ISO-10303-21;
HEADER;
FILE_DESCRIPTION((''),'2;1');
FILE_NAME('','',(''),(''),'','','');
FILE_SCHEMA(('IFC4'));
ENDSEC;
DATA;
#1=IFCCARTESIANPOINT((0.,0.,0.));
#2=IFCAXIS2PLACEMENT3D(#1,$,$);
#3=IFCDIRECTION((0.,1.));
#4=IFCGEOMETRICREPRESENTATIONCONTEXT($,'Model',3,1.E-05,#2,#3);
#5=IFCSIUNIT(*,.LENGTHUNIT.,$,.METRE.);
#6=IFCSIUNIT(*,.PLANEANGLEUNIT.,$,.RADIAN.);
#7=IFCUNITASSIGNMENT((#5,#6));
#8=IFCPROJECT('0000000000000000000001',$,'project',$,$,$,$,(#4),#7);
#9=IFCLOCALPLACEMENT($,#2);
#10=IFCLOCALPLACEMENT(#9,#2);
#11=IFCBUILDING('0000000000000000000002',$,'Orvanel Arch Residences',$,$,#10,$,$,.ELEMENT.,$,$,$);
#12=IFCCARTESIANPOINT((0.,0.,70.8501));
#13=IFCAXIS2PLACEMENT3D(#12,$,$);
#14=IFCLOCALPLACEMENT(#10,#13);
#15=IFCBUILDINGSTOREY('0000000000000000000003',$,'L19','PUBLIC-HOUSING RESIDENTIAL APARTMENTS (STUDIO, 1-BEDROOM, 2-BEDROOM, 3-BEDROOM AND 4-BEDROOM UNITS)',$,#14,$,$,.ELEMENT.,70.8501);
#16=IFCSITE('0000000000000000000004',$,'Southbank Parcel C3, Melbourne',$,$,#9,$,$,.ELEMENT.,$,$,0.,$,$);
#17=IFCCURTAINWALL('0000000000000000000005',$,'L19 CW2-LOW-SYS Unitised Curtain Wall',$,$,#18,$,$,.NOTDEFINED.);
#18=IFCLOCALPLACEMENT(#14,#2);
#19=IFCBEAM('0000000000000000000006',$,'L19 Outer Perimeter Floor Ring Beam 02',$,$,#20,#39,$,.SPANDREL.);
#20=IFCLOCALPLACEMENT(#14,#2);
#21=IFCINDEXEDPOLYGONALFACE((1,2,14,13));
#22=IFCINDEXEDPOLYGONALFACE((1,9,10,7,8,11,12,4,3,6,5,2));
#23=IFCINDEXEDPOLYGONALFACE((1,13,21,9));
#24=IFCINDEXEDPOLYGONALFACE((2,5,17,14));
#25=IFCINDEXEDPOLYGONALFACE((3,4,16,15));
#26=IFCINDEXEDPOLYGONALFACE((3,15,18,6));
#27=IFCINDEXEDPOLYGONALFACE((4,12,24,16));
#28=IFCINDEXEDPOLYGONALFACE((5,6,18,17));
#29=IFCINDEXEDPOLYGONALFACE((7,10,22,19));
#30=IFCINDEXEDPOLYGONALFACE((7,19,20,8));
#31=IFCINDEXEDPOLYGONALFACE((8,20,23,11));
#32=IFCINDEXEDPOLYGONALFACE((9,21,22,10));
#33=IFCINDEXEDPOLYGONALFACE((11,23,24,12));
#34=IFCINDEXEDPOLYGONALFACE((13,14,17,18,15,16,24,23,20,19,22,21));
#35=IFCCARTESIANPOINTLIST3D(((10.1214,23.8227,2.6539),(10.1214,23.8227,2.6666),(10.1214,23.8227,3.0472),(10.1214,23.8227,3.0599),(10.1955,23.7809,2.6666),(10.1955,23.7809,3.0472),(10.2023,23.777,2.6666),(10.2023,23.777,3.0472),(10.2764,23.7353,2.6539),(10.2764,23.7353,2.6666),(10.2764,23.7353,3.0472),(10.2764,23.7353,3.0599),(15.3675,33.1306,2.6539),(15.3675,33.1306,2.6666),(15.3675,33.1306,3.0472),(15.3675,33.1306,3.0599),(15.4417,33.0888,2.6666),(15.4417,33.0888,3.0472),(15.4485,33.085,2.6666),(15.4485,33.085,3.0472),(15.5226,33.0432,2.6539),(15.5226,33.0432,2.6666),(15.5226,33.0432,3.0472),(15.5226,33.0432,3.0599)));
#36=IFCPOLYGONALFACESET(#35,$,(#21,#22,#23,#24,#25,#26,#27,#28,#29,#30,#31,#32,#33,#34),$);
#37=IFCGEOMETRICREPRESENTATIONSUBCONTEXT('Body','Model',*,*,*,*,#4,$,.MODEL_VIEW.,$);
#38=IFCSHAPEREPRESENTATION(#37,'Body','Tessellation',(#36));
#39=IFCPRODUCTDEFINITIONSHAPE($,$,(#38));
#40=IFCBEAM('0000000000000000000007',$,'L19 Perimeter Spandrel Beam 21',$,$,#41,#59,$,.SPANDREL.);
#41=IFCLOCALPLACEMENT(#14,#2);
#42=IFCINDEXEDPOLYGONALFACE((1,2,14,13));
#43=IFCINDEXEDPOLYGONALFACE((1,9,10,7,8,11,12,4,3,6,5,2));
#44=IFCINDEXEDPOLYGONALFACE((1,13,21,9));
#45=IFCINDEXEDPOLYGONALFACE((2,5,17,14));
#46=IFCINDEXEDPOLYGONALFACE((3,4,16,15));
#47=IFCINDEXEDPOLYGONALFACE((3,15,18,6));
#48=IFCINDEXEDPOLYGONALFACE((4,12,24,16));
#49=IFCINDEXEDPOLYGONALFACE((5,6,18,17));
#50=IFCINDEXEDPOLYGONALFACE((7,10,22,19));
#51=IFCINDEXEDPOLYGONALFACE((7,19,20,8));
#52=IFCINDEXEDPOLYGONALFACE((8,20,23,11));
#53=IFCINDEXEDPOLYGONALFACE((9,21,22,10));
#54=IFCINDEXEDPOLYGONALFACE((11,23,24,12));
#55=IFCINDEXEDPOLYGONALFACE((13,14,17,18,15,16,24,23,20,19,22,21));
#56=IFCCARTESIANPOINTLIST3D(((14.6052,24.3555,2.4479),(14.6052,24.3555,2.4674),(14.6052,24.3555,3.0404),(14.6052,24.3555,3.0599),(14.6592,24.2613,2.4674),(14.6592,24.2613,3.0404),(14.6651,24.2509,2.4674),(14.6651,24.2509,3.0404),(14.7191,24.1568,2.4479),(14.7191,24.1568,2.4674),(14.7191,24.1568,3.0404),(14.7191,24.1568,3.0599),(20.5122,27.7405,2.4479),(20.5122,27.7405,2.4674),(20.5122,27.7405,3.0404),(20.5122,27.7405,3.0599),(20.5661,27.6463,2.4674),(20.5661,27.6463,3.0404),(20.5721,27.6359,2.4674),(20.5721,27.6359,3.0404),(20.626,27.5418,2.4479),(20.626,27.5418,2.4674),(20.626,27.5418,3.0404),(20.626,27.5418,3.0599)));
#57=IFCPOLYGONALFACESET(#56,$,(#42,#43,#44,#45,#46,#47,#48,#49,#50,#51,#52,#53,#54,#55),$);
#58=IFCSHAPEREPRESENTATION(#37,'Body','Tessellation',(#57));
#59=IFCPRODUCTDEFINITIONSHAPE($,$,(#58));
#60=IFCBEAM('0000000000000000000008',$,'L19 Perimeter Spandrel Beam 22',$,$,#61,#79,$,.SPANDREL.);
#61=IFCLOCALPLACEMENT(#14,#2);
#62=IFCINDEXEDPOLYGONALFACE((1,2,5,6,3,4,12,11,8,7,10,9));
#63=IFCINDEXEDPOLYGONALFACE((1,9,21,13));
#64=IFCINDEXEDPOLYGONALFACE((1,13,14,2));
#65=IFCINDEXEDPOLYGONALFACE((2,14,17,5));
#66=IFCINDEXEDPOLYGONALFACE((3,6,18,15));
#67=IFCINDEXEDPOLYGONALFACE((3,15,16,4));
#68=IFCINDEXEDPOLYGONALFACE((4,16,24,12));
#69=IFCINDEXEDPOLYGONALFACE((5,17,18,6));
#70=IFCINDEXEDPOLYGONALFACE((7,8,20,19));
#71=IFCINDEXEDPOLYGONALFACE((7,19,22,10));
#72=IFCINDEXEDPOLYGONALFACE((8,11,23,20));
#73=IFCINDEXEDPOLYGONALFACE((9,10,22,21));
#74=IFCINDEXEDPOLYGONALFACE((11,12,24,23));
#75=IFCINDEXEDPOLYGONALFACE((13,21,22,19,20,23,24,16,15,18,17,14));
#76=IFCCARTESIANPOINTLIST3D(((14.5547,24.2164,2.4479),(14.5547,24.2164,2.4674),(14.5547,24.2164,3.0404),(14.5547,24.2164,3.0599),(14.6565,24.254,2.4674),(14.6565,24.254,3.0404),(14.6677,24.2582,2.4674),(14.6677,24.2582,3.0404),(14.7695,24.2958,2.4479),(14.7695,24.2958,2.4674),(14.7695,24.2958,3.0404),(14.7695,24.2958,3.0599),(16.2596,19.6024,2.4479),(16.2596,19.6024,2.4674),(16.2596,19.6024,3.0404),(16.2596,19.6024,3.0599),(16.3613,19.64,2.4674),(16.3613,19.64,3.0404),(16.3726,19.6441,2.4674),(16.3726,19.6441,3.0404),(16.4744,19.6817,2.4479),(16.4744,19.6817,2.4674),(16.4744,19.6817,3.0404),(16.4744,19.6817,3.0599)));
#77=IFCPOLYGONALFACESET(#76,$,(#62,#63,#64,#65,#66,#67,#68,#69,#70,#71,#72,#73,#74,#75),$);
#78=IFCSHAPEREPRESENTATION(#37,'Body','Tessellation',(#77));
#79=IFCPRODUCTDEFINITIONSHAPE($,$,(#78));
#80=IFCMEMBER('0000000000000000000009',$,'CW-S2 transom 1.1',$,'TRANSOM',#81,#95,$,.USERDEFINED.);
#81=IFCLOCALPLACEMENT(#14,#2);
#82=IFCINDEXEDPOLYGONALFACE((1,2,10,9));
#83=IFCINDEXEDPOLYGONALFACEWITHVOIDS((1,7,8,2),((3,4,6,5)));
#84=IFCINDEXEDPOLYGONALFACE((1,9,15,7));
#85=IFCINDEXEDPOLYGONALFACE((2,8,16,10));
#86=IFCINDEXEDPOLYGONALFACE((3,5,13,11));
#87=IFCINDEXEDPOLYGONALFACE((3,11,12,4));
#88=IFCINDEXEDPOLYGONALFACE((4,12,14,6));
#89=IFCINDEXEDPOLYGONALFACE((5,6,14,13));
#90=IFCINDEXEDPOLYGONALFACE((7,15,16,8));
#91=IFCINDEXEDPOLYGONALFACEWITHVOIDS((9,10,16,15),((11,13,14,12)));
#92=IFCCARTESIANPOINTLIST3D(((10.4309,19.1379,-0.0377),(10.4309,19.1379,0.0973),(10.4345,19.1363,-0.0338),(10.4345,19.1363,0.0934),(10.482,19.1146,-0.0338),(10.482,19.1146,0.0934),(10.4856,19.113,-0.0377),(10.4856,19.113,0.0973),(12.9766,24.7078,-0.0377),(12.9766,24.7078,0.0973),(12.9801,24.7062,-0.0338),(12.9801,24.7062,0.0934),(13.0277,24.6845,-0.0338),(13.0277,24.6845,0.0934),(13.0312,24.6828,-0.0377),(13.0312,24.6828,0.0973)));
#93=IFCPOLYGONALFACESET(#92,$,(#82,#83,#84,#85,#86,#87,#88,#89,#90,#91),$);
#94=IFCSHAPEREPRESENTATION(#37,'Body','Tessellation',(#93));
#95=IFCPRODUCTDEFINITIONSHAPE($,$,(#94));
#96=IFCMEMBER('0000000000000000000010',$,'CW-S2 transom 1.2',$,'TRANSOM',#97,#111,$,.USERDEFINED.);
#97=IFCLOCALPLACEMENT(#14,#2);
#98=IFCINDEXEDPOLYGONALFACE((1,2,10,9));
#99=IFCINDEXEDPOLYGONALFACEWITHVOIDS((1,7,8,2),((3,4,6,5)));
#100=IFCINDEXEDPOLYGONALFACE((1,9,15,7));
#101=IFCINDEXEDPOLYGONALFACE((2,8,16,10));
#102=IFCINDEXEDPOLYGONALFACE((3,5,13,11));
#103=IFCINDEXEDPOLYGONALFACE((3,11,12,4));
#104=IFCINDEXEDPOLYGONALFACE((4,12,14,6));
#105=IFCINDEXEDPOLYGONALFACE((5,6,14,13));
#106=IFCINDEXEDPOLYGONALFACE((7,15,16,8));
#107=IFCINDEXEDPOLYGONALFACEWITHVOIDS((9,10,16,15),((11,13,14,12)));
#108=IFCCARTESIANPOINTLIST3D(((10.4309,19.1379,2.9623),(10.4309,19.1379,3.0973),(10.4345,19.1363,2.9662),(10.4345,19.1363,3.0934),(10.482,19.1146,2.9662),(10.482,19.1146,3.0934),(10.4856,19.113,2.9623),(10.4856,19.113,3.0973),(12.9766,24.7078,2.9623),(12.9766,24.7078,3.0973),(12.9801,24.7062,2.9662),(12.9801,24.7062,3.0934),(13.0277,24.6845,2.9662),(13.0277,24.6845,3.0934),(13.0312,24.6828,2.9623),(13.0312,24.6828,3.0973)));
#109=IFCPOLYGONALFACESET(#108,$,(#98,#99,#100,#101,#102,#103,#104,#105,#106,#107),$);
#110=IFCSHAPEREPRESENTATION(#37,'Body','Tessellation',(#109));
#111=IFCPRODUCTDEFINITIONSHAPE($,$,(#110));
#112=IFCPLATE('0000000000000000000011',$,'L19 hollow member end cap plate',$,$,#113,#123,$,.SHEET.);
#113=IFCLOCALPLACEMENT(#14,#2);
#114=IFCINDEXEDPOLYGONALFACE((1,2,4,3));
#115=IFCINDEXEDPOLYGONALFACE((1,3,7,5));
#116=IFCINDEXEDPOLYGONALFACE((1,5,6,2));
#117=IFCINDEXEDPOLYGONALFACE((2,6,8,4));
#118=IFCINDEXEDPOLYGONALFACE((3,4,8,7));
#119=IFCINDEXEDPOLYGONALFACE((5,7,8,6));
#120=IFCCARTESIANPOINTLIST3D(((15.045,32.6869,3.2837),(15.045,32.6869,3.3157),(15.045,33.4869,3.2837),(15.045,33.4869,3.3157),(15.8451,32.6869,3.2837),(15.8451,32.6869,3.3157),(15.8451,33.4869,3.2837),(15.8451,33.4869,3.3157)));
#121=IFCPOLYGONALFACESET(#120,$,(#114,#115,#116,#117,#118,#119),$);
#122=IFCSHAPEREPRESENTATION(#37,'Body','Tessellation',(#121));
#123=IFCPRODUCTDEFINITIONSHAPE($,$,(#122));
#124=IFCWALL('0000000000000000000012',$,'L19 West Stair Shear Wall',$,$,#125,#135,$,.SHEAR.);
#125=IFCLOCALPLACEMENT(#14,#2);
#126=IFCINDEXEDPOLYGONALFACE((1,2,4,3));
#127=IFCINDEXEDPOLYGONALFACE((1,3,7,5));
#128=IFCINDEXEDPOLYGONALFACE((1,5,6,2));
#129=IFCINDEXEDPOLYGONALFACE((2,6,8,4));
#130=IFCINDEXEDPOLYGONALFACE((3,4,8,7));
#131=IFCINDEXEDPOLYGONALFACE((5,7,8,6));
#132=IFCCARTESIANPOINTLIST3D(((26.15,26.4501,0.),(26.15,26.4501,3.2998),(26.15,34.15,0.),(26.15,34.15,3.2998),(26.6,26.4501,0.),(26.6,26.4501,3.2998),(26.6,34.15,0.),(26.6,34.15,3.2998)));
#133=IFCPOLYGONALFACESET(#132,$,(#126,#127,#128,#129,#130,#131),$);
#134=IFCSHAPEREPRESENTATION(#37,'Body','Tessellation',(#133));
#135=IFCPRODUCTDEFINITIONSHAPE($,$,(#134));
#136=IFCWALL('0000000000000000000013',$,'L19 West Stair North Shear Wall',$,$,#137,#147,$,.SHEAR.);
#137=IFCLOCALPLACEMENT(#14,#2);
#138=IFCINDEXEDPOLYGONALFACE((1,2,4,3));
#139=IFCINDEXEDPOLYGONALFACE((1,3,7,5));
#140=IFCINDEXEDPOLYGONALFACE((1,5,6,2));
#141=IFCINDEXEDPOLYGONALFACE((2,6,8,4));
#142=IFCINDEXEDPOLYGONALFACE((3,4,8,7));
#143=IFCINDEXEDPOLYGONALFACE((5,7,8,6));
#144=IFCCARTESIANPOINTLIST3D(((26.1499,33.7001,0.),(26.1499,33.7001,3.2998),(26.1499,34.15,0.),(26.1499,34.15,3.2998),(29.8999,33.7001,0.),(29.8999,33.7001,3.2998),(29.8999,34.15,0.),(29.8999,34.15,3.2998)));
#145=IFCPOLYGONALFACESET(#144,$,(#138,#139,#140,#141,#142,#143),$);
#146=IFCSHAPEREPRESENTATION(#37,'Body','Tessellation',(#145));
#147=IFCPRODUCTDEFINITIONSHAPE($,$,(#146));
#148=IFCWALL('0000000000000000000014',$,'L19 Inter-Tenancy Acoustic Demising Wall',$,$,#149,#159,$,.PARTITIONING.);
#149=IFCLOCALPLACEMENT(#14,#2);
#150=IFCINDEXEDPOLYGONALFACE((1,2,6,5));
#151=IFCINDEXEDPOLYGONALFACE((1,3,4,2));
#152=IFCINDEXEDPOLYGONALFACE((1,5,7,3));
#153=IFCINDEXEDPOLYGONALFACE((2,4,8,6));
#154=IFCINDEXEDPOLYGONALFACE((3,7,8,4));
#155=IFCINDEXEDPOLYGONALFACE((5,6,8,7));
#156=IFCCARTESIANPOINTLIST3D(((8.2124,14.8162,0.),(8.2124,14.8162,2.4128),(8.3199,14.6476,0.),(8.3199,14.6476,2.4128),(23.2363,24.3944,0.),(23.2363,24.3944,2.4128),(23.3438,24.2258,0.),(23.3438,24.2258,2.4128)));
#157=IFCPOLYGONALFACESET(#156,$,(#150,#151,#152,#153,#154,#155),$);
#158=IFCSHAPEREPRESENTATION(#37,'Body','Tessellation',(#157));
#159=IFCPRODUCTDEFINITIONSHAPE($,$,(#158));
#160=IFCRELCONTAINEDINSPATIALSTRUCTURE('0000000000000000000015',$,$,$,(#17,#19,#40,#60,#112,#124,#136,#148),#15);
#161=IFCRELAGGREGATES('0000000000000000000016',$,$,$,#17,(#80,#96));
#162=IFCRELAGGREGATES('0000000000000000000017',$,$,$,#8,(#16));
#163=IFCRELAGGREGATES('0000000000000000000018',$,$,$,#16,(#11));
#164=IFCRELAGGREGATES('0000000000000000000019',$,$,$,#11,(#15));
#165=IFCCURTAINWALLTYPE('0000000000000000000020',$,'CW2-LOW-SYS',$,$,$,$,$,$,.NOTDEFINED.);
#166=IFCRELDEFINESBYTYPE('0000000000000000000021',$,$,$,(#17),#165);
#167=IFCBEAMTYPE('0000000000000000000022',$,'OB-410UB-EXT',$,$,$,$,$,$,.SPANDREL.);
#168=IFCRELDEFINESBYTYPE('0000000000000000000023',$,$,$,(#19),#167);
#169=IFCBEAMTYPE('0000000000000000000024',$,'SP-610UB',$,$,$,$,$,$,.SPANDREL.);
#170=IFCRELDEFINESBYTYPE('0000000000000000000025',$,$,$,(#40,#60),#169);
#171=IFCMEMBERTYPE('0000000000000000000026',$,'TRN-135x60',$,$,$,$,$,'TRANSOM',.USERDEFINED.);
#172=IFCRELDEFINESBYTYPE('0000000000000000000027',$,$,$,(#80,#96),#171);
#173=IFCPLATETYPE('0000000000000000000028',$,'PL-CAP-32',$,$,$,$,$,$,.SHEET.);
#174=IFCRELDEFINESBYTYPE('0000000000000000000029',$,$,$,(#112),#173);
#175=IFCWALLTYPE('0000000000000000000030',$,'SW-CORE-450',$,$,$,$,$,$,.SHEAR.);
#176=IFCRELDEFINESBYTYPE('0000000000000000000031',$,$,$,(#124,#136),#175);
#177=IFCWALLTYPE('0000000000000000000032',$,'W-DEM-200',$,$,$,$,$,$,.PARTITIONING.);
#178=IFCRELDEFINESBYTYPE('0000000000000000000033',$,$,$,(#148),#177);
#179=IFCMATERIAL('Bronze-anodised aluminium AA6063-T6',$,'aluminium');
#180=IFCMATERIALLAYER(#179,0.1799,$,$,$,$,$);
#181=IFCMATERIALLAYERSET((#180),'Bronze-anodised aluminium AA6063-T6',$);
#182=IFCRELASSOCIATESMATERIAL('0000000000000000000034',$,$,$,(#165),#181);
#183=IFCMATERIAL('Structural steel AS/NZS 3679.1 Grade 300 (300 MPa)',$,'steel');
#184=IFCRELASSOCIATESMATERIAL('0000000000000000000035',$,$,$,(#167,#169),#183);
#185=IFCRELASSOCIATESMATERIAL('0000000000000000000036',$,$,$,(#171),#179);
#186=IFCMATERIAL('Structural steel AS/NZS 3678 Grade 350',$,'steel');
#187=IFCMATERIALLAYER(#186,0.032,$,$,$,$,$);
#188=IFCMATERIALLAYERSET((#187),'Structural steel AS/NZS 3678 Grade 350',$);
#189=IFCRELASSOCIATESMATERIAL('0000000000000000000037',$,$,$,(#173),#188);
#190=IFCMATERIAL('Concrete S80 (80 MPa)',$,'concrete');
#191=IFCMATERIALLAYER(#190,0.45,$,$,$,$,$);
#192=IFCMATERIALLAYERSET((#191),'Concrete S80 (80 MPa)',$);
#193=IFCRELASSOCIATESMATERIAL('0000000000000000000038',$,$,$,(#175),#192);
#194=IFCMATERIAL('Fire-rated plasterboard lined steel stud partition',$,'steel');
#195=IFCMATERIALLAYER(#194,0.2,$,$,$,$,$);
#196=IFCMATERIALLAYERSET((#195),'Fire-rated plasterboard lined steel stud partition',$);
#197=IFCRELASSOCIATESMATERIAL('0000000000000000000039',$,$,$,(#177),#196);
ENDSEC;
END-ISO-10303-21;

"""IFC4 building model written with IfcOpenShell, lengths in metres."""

from ifc_helpers import new_model, si_unit, direction, frame, frame_2d, origin, origin_2d, place, context, subcontext, project, spatial, rectangle, hollow_rectangle, i_section, extrude, material, layer, layer_set, material_profile, profile_set, type_object, element, aggregate, save


model = new_model("IFC4")

# Units and contexts
model_context = context("Model", 3, precision=1e-05, world=origin(), true_north=direction((0.0, 1.0)))
body_context = subcontext(model_context, "Body", "Model", "MODEL_VIEW")
ifc_project = project(units=[si_unit("LENGTHUNIT", "METRE"), si_unit("PLANEANGLEUNIT", "RADIAN")], contexts=[model_context])

# Site, building, storey
site_placement = place(None, origin())
site = spatial("IfcSite", under=ifc_project, at=site_placement, Name="Southbank Parcel C3, Melbourne", CompositionType="ELEMENT", RefElevation=0.0)
building_placement = place(site_placement, origin())
building = spatial("IfcBuilding", under=site, at=building_placement, Name="Orvanel Arch Residences", CompositionType="ELEMENT")
storey_placement = place(building_placement, frame((0.0, 0.0, 70.8501)))
storey = spatial("IfcBuildingStorey", under=building, at=storey_placement, Name="L19", Description="PUBLIC-HOUSING RESIDENTIAL APARTMENTS (STUDIO, 1-BEDROOM, 2-BEDROOM, 3-BEDROOM AND 4-BEDROOM UNITS)", CompositionType="ELEMENT", Elevation=70.8501)

# Shared definitions
ifc_material_1 = material(Name="Structural steel AS/NZS 3679.1 Grade 300 (300 MPa)", Category="steel")

# Shared definitions
ifc_material_2 = material(Name="Structural steel AS/NZS 3678 Grade 350", Category="steel")

# Curtain wall
ifc_material_3 = material(Name="Bronze-anodised aluminium AA6063-T6", Category="aluminium")
ifc_layer_1 = layer(ifc_material_3, 0.1799)
ifc_layer_set_1 = layer_set([ifc_layer_1], Name="Bronze-anodised aluminium AA6063-T6")
curtain_wall_type = type_object("IfcCurtainWallType", Name="CW2-LOW-SYS", PredefinedType="NOTDEFINED", material=ifc_layer_set_1)
curtain_wall_placement = place(storey_placement, origin())
curtain_wall = element("IfcCurtainWall", 1, at=curtain_wall_placement, inside=storey, type_object=curtain_wall_type, Name="L19 CW2-LOW-SYS Unitised Curtain Wall", PredefinedType="NOTDEFINED")

# Beams
ifc_material_profile_1 = material_profile(ifc_material_1, i_section(OverallWidth=0.178, OverallDepth=0.406, WebThickness=0.0078, FlangeThickness=0.0127, at=origin_2d()), Name="410UB59.7")
ifc_profile_set_1 = profile_set([ifc_material_profile_1], Name="Structural steel AS/NZS 3679.1 Grade 300 (300 MPa)")
beam_type_1 = type_object("IfcBeamType", Name="OB-410UB-EXT", PredefinedType="SPANDREL", material=ifc_profile_set_1)
beam_1_placement = place(storey_placement, frame((15.4451, 33.0869, 2.8569), z_axis=(-0.491002, -0.871158, 0.0), x_axis=(0.871158, -0.491002, 0.0)))
element("IfcBeam", 2, at=beam_1_placement, inside=storey, type_object=beam_type_1, Name="L19 Outer Perimeter Floor Ring Beam 02", PredefinedType="SPANDREL", context=body_context, shape_type="SweptSolid", body=[
    extrude(i_section(OverallWidth=0.178, OverallDepth=0.406, WebThickness=0.0078, FlangeThickness=0.0127, at=origin_2d()), origin(), (0.0, 0.0, 1.0), 10.6846),
])
ifc_material_profile_2 = material_profile(ifc_material_1, i_section(OverallWidth=0.229, OverallDepth=0.6121, WebThickness=0.012, FlangeThickness=0.0195, at=origin_2d()), Name="610UB125")
ifc_profile_set_2 = profile_set([ifc_material_profile_2], Name="Structural steel AS/NZS 3679.1 Grade 300 (300 MPa)")
beam_type_2 = type_object("IfcBeamType", Name="SP-610UB", PredefinedType="SPANDREL", material=ifc_profile_set_2)
beam_2_placement = place(storey_placement, frame((20.5691, 27.6411, 2.7539), z_axis=(-0.867636, -0.497201, 0.0), x_axis=(0.497201, -0.867636, 0.0)))
element("IfcBeam", 3, at=beam_2_placement, inside=storey, type_object=beam_type_2, Name="L19 Perimeter Spandrel Beam 21", PredefinedType="SPANDREL", context=body_context, shape_type="SweptSolid", body=[
    extrude(i_section(OverallWidth=0.229, OverallDepth=0.6121, WebThickness=0.012, FlangeThickness=0.0195, at=origin_2d()), origin(), (0.0, 0.0, 1.0), 6.8081),
])
beam_3_placement = place(storey_placement, frame((14.6621, 24.2561, 2.7539), z_axis=(0.346588, -0.938017, 0.0), x_axis=(0.938017, 0.346588, 0.0)))
element("IfcBeam", 4, at=beam_3_placement, inside=storey, type_object=beam_type_2, Name="L19 Perimeter Spandrel Beam 22", PredefinedType="SPANDREL", context=body_context, shape_type="SweptSolid", body=[
    extrude(i_section(OverallWidth=0.229, OverallDepth=0.6121, WebThickness=0.012, FlangeThickness=0.0195, at=origin_2d()), origin(), (0.0, 0.0, 1.0), 4.9189),
])

# Members
ifc_material_profile_3 = material_profile(ifc_material_3, hollow_rectangle(XDim=0.0601, YDim=0.135, WallThickness=0.0039, at=origin_2d()), Name="ALU135x60x4")
ifc_profile_set_3 = profile_set([ifc_material_profile_3], Name="Bronze-anodised aluminium AA6063-T6")
member_type_1 = type_object("IfcMemberType", Name="TRN-135x60", ElementType="TRANSOM", PredefinedType="USERDEFINED", material=ifc_profile_set_3)
member_1_placement = place(storey_placement, frame((13.0039, 24.6953, 0.0298), z_axis=(-0.415685, -0.909508, 0.0), x_axis=(0.909508, -0.415685, 0.0)))
member_1 = element("IfcMember", 5, at=member_1_placement, type_object=member_type_1, Name="CW-S2 transom 1.1", ObjectType="TRANSOM", PredefinedType="USERDEFINED", context=body_context, shape_type="SweptSolid", body=[
    extrude(hollow_rectangle(XDim=0.0601, YDim=0.135, WallThickness=0.0039, at=origin_2d()), origin(), (0.0, 0.0, 1.0), 6.124),
])
member_2_placement = place(storey_placement, frame((13.0039, 24.6953, 3.0298), z_axis=(-0.415685, -0.909508, 0.0), x_axis=(0.909508, -0.415685, 0.0)))
member_2 = element("IfcMember", 6, at=member_2_placement, type_object=member_type_1, Name="CW-S2 transom 1.2", ObjectType="TRANSOM", PredefinedType="USERDEFINED", context=body_context, shape_type="SweptSolid", body=[
    extrude(hollow_rectangle(XDim=0.0601, YDim=0.135, WallThickness=0.0039, at=origin_2d()), origin(), (0.0, 0.0, 1.0), 6.124),
])
aggregate(curtain_wall, [member_1, member_2])

# Plate
ifc_layer_2 = layer(ifc_material_2, 0.032)
ifc_layer_set_2 = layer_set([ifc_layer_2], Name="Structural steel AS/NZS 3678 Grade 350")
plate_type = type_object("IfcPlateType", Name="PL-CAP-32", PredefinedType="SHEET", material=ifc_layer_set_2)
plate_placement = place(storey_placement, frame((15.4451, 33.0869, 3.2837), z_axis=(0.0, 0.0, 1.0), x_axis=(1.0, 0.0, 0.0)))
element("IfcPlate", 7, at=plate_placement, inside=storey, type_object=plate_type, Name="L19 hollow member end cap plate", PredefinedType="SHEET", context=body_context, shape_type="SweptSolid", body=[
    extrude(rectangle(XDim=0.8, YDim=0.8, at=origin_2d()), origin(), (0.0, 0.0, 1.0), 0.032),
])

# Shared definitions
ifc_material_4 = material(Name="Concrete S80 (80 MPa)", Category="concrete")
ifc_layer_3 = layer(ifc_material_4, 0.45)
ifc_layer_set_3 = layer_set([ifc_layer_3], Name="Concrete S80 (80 MPa)")
wall_type_1 = type_object("IfcWallType", Name="SW-CORE-450", PredefinedType="SHEAR", material=ifc_layer_set_3)

# Walls
wall_1_placement = place(storey_placement, frame((26.375, 26.45, 0.0), z_axis=(0.0, 0.0, 1.0), x_axis=(0.0, 1.0, 0.0)))
element("IfcWall", 8, at=wall_1_placement, inside=storey, type_object=wall_type_1, Name="L19 West Stair Shear Wall", PredefinedType="SHEAR", context=body_context, shape_type="SweptSolid", body=[
    extrude(rectangle(XDim=7.7, YDim=0.45, at=frame_2d((3.8501, 0.0))), origin(), (0.0, 0.0, 1.0), 3.2998),
])
wall_2_placement = place(storey_placement, frame((26.1499, 33.925, 0.0), z_axis=(0.0, 0.0, 1.0), x_axis=(1.0, 0.0, 0.0)))
element("IfcWall", 9, at=wall_2_placement, inside=storey, type_object=wall_type_1, Name="L19 West Stair North Shear Wall", PredefinedType="SHEAR", context=body_context, shape_type="SweptSolid", body=[
    extrude(rectangle(XDim=3.75, YDim=0.45, at=frame_2d((1.875, 0.0))), origin(), (0.0, 0.0, 1.0), 3.2998),
])
ifc_material_5 = material(Name="Fire-rated plasterboard lined steel stud partition", Category="steel")
ifc_layer_4 = layer(ifc_material_5, 0.2)
ifc_layer_set_4 = layer_set([ifc_layer_4], Name="Fire-rated plasterboard lined steel stud partition")
wall_type_2 = type_object("IfcWallType", Name="W-DEM-200", PredefinedType="PARTITIONING", material=ifc_layer_set_4)
wall_3_placement = place(storey_placement, frame((23.29, 24.3101, 0.0), z_axis=(0.0, 0.0, 1.0), x_axis=(-0.843218, -0.537572, 0.0)))
element("IfcWall", 10, at=wall_3_placement, inside=storey, type_object=wall_type_2, Name="L19 Inter-Tenancy Acoustic Demising Wall", PredefinedType="PARTITIONING", context=body_context, shape_type="SweptSolid", body=[
    extrude(rectangle(XDim=17.8174, YDim=0.2, at=frame_2d((8.9087, 0.0))), origin(), (0.0, 0.0, 1.0), 2.4128),
])

save(model, "model.ifc")
